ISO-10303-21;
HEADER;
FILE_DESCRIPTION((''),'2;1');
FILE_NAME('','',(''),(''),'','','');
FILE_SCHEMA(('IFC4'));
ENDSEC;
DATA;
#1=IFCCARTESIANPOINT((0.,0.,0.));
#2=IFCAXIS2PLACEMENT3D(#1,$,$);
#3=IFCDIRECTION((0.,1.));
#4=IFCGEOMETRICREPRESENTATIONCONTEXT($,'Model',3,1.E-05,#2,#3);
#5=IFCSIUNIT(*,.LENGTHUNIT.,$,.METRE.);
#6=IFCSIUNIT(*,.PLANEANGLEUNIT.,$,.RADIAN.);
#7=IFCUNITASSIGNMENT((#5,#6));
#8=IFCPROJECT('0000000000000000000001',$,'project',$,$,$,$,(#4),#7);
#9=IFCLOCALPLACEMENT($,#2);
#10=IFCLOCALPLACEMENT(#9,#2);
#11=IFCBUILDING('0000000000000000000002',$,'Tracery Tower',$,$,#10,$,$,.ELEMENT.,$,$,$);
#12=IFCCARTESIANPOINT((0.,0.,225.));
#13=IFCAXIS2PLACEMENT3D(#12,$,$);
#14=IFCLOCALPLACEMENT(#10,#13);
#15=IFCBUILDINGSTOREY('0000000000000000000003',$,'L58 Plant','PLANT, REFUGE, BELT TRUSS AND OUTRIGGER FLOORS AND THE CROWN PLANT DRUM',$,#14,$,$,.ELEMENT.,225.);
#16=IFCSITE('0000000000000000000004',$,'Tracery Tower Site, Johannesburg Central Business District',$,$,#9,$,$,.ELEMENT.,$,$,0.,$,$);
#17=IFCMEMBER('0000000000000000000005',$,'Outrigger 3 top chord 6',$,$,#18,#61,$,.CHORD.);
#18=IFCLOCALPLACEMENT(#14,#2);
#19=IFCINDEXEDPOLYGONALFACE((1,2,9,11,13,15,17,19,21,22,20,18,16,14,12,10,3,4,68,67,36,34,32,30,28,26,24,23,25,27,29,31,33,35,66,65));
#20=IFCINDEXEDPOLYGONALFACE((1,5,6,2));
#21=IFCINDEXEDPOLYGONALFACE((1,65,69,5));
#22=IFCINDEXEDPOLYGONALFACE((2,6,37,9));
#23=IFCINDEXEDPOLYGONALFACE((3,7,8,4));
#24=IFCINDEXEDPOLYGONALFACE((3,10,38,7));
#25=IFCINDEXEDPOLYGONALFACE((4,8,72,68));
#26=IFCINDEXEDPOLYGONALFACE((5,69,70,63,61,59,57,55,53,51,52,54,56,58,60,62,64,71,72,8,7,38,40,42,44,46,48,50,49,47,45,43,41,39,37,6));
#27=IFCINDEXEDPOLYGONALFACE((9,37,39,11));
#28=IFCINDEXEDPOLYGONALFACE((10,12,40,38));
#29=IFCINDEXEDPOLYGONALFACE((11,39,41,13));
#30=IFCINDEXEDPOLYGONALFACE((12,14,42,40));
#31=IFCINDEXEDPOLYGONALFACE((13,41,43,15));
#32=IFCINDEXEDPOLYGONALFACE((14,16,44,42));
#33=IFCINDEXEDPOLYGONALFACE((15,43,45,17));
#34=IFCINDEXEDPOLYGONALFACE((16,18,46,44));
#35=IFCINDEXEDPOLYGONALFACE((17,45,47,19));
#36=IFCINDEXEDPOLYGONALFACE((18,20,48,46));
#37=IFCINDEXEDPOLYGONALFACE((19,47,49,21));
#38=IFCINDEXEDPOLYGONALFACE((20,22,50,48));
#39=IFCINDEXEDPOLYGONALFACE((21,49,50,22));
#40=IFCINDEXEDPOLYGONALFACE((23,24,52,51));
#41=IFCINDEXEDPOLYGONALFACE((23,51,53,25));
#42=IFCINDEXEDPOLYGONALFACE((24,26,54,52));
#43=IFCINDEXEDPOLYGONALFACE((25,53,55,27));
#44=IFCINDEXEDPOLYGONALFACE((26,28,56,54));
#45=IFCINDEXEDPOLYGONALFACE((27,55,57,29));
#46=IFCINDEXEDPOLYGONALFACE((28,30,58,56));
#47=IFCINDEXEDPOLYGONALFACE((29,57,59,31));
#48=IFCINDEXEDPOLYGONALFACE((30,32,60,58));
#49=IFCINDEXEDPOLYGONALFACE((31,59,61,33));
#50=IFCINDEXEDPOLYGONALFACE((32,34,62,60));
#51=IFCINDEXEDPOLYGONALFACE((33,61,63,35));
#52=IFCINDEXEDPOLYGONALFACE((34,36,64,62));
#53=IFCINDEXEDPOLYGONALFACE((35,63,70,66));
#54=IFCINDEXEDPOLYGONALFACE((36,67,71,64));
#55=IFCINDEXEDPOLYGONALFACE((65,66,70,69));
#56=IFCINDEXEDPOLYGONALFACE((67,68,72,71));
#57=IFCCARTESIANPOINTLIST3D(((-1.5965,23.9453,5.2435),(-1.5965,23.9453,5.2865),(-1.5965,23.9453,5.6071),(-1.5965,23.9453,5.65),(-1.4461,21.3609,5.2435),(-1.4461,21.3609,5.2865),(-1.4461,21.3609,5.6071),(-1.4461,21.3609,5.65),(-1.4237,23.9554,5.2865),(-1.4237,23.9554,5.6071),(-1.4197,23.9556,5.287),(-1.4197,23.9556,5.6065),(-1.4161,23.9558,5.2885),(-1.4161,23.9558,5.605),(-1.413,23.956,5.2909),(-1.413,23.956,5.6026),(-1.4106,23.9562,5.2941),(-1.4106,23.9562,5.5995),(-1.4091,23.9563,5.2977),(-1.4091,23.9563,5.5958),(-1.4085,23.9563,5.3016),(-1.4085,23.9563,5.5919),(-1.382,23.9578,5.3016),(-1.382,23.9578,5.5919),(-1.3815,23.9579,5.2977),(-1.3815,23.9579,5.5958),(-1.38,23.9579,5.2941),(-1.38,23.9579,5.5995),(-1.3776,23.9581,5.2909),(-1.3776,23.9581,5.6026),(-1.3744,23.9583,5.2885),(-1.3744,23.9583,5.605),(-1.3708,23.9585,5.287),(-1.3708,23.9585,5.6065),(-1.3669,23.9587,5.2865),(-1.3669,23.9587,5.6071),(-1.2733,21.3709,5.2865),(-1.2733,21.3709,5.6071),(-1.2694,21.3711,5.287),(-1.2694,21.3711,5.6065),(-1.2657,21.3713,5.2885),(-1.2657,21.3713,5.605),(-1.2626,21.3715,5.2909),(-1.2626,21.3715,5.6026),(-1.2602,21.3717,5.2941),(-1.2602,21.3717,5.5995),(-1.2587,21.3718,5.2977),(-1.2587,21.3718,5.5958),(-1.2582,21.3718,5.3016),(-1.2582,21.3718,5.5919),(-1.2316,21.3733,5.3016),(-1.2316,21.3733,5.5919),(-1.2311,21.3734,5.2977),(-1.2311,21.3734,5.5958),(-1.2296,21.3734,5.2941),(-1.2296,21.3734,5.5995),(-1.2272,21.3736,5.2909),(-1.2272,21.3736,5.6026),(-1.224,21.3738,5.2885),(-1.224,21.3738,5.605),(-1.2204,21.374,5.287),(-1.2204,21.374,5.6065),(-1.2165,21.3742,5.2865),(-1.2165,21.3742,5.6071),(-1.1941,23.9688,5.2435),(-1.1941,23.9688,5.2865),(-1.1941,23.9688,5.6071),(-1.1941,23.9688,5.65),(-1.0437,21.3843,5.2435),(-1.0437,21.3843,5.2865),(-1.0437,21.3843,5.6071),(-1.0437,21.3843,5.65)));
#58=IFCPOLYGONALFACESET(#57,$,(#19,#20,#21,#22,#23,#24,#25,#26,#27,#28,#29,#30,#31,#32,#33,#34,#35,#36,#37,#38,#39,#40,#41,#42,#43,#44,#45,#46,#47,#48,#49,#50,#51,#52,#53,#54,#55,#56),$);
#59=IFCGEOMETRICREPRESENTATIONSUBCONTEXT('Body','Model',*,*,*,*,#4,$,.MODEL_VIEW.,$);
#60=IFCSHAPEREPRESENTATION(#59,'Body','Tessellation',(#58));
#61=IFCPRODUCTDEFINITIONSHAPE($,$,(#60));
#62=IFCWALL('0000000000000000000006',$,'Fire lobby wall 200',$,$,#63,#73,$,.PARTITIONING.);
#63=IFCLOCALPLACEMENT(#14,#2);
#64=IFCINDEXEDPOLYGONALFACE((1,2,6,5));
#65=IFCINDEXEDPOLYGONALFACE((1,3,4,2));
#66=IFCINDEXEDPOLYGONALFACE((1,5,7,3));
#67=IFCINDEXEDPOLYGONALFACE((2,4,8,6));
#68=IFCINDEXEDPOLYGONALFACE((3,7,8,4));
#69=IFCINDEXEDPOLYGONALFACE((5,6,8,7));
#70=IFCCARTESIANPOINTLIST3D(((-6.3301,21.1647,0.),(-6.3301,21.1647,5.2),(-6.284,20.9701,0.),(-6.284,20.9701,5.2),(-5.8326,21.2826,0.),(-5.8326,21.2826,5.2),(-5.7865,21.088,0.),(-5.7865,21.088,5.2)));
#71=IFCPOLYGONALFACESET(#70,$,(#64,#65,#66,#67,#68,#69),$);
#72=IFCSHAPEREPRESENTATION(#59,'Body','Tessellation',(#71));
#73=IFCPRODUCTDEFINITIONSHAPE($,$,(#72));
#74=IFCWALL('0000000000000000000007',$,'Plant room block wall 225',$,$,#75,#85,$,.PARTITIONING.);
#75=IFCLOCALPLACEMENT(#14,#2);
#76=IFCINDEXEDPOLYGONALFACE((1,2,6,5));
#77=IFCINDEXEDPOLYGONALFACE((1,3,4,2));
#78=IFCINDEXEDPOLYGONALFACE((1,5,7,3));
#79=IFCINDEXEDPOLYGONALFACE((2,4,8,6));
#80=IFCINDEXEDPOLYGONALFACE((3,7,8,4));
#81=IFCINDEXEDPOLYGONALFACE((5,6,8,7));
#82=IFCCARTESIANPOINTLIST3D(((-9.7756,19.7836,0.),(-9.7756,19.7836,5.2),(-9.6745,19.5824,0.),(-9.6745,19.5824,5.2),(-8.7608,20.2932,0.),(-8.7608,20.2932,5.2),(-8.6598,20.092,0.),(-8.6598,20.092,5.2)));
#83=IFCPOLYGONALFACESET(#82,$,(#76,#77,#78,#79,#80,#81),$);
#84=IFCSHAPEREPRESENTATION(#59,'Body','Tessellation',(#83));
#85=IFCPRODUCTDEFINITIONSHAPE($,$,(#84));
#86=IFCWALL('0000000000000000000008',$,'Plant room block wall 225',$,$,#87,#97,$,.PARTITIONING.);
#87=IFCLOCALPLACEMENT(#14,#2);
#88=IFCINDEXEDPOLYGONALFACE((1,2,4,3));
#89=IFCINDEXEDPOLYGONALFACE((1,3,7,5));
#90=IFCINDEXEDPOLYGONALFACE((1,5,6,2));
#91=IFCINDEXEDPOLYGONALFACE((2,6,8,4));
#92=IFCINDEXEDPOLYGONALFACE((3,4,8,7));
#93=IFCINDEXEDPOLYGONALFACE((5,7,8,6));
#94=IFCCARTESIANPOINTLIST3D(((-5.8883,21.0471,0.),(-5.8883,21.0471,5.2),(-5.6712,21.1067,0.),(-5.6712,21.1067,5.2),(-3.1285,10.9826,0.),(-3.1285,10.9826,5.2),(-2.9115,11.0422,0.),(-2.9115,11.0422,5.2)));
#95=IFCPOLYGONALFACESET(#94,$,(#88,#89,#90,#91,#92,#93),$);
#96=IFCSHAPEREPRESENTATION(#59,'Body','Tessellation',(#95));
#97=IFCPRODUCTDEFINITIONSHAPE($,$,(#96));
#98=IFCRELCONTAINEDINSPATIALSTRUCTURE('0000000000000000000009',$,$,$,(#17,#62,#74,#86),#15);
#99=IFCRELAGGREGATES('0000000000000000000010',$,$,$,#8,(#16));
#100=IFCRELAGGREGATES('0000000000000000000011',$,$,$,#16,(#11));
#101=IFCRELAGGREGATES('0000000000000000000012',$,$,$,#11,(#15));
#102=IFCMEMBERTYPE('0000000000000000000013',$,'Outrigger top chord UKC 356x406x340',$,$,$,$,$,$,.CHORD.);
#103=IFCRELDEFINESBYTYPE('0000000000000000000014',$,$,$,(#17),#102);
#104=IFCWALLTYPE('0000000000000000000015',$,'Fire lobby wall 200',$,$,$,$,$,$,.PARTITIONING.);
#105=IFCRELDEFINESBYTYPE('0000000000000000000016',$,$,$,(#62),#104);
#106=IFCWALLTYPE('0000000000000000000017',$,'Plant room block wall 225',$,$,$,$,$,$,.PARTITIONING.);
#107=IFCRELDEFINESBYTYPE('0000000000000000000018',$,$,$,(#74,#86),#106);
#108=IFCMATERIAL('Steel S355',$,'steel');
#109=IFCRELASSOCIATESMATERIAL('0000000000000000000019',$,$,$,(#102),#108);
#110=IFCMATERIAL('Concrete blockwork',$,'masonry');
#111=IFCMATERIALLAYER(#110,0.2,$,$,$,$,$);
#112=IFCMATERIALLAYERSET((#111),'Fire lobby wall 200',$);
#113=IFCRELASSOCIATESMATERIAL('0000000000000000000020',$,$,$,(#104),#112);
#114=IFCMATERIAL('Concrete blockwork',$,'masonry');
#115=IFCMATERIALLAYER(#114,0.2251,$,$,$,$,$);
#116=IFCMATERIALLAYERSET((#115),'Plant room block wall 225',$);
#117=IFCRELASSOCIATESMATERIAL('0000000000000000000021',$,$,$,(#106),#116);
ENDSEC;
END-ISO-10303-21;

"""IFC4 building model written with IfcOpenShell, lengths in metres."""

from ifc_helpers import new_model, si_unit, direction, frame, frame_2d, origin, origin_2d, place, context, subcontext, project, spatial, rectangle, i_section, extrude, material, layer, layer_set, material_profile, profile_set, type_object, element, save


model = new_model("IFC4")

# Units and contexts
model_context = context("Model", 3, precision=1e-05, world=origin(), true_north=direction((0.0, 1.0)))
body_context = subcontext(model_context, "Body", "Model", "MODEL_VIEW")
ifc_project = project(units=[si_unit("LENGTHUNIT", "METRE"), si_unit("PLANEANGLEUNIT", "RADIAN")], contexts=[model_context])

# Site, building, storey
site_placement = place(None, origin())
site = spatial("IfcSite", under=ifc_project, at=site_placement, Name="Tracery Tower Site, Johannesburg Central Business District", CompositionType="ELEMENT", RefElevation=0.0)
building_placement = place(site_placement, origin())
building = spatial("IfcBuilding", under=site, at=building_placement, Name="Tracery Tower", CompositionType="ELEMENT")
storey_placement = place(building_placement, frame((0.0, 0.0, 225.0)))
storey = spatial("IfcBuildingStorey", under=building, at=storey_placement, Name="L58 Plant", Description="PLANT, REFUGE, BELT TRUSS AND OUTRIGGER FLOORS AND THE CROWN PLANT DRUM", CompositionType="ELEMENT", Elevation=225.0)

# Member
ifc_material_1 = material(Name="Steel S355", Category="steel")
ifc_material_profile_1 = material_profile(ifc_material_1, i_section(OverallWidth=0.4031, OverallDepth=0.4065, WebThickness=0.0266, FlangeThickness=0.043, FilletRadius=0.0151, at=origin_2d()), Name="UKC 356x406x340")
ifc_profile_set_1 = profile_set([ifc_material_profile_1], Name="Steel S355")
member_type_1 = type_object("IfcMemberType", Name="Outrigger top chord UKC 356x406x340", PredefinedType="CHORD", material=ifc_profile_set_1)
for number, where, z_axis, x_axis, name in (
    (1, (-1.2449, 21.3726, 5.4468), (-0.058092, 0.998311, 0.0), (-0.998311, -0.058092, 0.0), "Outrigger 3 top chord 6"),
):
    element("IfcMember", number, at=place(storey_placement, frame(where, z_axis=z_axis, x_axis=x_axis)), inside=storey, type_object=member_type_1, Name=name, PredefinedType="CHORD", context=body_context, shape_type="SweptSolid", body=[
        extrude(i_section(OverallWidth=0.4031, OverallDepth=0.4065, WebThickness=0.0266, FlangeThickness=0.043, FilletRadius=0.0151, at=origin_2d()), origin(), (0.0, 0.0, 1.0), 2.5889),
    ])

# Shared definitions
ifc_material_2 = material(Name="Concrete blockwork", Category="masonry")
ifc_layer_1 = layer(ifc_material_2, 0.2)
ifc_layer_set_1 = layer_set([ifc_layer_1], Name="Fire lobby wall 200")
wall_type_1 = type_object("IfcWallType", Name="Fire lobby wall 200", PredefinedType="PARTITIONING", material=ifc_layer_set_1)

# Walls
wall_1_placement = place(storey_placement, frame((-5.8096, 21.1853, 0.0), z_axis=(0.0, 0.0, 1.0), x_axis=(-0.973046, -0.230609, 0.0)))
element("IfcWall", 2, at=wall_1_placement, inside=storey, type_object=wall_type_1, Name="Fire lobby wall 200", PredefinedType="PARTITIONING", context=body_context, shape_type="SweptSolid", body=[
    extrude(rectangle(XDim=0.5112, YDim=0.2, at=frame_2d((0.2556, 0.0))), origin(), (0.0, 0.0, 1.0), 5.2),
])
ifc_material_3 = material(Name="Concrete blockwork", Category="masonry")
ifc_layer_2 = layer(ifc_material_3, 0.2251)
ifc_layer_set_2 = layer_set([ifc_layer_2], Name="Plant room block wall 225")
wall_type_2 = type_object("IfcWallType", Name="Plant room block wall 225", PredefinedType="PARTITIONING", material=ifc_layer_set_2)
wall_2_placement = place(storey_placement, frame((-8.7102, 20.1926, 0.0), z_axis=(0.0, 0.0, 1.0), x_axis=(-0.893652, -0.448761, 0.0)))
element("IfcWall", 3, at=wall_2_placement, inside=storey, type_object=wall_type_2, Name="Plant room block wall 225", PredefinedType="PARTITIONING", context=body_context, shape_type="SweptSolid", body=[
    extrude(rectangle(XDim=1.1355, YDim=0.2251, at=frame_2d((0.5679, 0.0))), origin(), (0.0, 0.0, 1.0), 5.2),
])
wall_3_placement = place(storey_placement, frame((-5.7798, 21.0769, 0.0), z_axis=(0.0, 0.0, 1.0), x_axis=(0.264447, -0.9644, 0.0)))
element("IfcWall", 4, at=wall_3_placement, inside=storey, type_object=wall_type_2, Name="Plant room block wall 225", PredefinedType="PARTITIONING", context=body_context, shape_type="SweptSolid", body=[
    extrude(rectangle(XDim=10.436, YDim=0.2251, at=frame_2d((5.218, 0.0))), origin(), (0.0, 0.0, 1.0), 5.2),
])

save(model, "model.ifc")
